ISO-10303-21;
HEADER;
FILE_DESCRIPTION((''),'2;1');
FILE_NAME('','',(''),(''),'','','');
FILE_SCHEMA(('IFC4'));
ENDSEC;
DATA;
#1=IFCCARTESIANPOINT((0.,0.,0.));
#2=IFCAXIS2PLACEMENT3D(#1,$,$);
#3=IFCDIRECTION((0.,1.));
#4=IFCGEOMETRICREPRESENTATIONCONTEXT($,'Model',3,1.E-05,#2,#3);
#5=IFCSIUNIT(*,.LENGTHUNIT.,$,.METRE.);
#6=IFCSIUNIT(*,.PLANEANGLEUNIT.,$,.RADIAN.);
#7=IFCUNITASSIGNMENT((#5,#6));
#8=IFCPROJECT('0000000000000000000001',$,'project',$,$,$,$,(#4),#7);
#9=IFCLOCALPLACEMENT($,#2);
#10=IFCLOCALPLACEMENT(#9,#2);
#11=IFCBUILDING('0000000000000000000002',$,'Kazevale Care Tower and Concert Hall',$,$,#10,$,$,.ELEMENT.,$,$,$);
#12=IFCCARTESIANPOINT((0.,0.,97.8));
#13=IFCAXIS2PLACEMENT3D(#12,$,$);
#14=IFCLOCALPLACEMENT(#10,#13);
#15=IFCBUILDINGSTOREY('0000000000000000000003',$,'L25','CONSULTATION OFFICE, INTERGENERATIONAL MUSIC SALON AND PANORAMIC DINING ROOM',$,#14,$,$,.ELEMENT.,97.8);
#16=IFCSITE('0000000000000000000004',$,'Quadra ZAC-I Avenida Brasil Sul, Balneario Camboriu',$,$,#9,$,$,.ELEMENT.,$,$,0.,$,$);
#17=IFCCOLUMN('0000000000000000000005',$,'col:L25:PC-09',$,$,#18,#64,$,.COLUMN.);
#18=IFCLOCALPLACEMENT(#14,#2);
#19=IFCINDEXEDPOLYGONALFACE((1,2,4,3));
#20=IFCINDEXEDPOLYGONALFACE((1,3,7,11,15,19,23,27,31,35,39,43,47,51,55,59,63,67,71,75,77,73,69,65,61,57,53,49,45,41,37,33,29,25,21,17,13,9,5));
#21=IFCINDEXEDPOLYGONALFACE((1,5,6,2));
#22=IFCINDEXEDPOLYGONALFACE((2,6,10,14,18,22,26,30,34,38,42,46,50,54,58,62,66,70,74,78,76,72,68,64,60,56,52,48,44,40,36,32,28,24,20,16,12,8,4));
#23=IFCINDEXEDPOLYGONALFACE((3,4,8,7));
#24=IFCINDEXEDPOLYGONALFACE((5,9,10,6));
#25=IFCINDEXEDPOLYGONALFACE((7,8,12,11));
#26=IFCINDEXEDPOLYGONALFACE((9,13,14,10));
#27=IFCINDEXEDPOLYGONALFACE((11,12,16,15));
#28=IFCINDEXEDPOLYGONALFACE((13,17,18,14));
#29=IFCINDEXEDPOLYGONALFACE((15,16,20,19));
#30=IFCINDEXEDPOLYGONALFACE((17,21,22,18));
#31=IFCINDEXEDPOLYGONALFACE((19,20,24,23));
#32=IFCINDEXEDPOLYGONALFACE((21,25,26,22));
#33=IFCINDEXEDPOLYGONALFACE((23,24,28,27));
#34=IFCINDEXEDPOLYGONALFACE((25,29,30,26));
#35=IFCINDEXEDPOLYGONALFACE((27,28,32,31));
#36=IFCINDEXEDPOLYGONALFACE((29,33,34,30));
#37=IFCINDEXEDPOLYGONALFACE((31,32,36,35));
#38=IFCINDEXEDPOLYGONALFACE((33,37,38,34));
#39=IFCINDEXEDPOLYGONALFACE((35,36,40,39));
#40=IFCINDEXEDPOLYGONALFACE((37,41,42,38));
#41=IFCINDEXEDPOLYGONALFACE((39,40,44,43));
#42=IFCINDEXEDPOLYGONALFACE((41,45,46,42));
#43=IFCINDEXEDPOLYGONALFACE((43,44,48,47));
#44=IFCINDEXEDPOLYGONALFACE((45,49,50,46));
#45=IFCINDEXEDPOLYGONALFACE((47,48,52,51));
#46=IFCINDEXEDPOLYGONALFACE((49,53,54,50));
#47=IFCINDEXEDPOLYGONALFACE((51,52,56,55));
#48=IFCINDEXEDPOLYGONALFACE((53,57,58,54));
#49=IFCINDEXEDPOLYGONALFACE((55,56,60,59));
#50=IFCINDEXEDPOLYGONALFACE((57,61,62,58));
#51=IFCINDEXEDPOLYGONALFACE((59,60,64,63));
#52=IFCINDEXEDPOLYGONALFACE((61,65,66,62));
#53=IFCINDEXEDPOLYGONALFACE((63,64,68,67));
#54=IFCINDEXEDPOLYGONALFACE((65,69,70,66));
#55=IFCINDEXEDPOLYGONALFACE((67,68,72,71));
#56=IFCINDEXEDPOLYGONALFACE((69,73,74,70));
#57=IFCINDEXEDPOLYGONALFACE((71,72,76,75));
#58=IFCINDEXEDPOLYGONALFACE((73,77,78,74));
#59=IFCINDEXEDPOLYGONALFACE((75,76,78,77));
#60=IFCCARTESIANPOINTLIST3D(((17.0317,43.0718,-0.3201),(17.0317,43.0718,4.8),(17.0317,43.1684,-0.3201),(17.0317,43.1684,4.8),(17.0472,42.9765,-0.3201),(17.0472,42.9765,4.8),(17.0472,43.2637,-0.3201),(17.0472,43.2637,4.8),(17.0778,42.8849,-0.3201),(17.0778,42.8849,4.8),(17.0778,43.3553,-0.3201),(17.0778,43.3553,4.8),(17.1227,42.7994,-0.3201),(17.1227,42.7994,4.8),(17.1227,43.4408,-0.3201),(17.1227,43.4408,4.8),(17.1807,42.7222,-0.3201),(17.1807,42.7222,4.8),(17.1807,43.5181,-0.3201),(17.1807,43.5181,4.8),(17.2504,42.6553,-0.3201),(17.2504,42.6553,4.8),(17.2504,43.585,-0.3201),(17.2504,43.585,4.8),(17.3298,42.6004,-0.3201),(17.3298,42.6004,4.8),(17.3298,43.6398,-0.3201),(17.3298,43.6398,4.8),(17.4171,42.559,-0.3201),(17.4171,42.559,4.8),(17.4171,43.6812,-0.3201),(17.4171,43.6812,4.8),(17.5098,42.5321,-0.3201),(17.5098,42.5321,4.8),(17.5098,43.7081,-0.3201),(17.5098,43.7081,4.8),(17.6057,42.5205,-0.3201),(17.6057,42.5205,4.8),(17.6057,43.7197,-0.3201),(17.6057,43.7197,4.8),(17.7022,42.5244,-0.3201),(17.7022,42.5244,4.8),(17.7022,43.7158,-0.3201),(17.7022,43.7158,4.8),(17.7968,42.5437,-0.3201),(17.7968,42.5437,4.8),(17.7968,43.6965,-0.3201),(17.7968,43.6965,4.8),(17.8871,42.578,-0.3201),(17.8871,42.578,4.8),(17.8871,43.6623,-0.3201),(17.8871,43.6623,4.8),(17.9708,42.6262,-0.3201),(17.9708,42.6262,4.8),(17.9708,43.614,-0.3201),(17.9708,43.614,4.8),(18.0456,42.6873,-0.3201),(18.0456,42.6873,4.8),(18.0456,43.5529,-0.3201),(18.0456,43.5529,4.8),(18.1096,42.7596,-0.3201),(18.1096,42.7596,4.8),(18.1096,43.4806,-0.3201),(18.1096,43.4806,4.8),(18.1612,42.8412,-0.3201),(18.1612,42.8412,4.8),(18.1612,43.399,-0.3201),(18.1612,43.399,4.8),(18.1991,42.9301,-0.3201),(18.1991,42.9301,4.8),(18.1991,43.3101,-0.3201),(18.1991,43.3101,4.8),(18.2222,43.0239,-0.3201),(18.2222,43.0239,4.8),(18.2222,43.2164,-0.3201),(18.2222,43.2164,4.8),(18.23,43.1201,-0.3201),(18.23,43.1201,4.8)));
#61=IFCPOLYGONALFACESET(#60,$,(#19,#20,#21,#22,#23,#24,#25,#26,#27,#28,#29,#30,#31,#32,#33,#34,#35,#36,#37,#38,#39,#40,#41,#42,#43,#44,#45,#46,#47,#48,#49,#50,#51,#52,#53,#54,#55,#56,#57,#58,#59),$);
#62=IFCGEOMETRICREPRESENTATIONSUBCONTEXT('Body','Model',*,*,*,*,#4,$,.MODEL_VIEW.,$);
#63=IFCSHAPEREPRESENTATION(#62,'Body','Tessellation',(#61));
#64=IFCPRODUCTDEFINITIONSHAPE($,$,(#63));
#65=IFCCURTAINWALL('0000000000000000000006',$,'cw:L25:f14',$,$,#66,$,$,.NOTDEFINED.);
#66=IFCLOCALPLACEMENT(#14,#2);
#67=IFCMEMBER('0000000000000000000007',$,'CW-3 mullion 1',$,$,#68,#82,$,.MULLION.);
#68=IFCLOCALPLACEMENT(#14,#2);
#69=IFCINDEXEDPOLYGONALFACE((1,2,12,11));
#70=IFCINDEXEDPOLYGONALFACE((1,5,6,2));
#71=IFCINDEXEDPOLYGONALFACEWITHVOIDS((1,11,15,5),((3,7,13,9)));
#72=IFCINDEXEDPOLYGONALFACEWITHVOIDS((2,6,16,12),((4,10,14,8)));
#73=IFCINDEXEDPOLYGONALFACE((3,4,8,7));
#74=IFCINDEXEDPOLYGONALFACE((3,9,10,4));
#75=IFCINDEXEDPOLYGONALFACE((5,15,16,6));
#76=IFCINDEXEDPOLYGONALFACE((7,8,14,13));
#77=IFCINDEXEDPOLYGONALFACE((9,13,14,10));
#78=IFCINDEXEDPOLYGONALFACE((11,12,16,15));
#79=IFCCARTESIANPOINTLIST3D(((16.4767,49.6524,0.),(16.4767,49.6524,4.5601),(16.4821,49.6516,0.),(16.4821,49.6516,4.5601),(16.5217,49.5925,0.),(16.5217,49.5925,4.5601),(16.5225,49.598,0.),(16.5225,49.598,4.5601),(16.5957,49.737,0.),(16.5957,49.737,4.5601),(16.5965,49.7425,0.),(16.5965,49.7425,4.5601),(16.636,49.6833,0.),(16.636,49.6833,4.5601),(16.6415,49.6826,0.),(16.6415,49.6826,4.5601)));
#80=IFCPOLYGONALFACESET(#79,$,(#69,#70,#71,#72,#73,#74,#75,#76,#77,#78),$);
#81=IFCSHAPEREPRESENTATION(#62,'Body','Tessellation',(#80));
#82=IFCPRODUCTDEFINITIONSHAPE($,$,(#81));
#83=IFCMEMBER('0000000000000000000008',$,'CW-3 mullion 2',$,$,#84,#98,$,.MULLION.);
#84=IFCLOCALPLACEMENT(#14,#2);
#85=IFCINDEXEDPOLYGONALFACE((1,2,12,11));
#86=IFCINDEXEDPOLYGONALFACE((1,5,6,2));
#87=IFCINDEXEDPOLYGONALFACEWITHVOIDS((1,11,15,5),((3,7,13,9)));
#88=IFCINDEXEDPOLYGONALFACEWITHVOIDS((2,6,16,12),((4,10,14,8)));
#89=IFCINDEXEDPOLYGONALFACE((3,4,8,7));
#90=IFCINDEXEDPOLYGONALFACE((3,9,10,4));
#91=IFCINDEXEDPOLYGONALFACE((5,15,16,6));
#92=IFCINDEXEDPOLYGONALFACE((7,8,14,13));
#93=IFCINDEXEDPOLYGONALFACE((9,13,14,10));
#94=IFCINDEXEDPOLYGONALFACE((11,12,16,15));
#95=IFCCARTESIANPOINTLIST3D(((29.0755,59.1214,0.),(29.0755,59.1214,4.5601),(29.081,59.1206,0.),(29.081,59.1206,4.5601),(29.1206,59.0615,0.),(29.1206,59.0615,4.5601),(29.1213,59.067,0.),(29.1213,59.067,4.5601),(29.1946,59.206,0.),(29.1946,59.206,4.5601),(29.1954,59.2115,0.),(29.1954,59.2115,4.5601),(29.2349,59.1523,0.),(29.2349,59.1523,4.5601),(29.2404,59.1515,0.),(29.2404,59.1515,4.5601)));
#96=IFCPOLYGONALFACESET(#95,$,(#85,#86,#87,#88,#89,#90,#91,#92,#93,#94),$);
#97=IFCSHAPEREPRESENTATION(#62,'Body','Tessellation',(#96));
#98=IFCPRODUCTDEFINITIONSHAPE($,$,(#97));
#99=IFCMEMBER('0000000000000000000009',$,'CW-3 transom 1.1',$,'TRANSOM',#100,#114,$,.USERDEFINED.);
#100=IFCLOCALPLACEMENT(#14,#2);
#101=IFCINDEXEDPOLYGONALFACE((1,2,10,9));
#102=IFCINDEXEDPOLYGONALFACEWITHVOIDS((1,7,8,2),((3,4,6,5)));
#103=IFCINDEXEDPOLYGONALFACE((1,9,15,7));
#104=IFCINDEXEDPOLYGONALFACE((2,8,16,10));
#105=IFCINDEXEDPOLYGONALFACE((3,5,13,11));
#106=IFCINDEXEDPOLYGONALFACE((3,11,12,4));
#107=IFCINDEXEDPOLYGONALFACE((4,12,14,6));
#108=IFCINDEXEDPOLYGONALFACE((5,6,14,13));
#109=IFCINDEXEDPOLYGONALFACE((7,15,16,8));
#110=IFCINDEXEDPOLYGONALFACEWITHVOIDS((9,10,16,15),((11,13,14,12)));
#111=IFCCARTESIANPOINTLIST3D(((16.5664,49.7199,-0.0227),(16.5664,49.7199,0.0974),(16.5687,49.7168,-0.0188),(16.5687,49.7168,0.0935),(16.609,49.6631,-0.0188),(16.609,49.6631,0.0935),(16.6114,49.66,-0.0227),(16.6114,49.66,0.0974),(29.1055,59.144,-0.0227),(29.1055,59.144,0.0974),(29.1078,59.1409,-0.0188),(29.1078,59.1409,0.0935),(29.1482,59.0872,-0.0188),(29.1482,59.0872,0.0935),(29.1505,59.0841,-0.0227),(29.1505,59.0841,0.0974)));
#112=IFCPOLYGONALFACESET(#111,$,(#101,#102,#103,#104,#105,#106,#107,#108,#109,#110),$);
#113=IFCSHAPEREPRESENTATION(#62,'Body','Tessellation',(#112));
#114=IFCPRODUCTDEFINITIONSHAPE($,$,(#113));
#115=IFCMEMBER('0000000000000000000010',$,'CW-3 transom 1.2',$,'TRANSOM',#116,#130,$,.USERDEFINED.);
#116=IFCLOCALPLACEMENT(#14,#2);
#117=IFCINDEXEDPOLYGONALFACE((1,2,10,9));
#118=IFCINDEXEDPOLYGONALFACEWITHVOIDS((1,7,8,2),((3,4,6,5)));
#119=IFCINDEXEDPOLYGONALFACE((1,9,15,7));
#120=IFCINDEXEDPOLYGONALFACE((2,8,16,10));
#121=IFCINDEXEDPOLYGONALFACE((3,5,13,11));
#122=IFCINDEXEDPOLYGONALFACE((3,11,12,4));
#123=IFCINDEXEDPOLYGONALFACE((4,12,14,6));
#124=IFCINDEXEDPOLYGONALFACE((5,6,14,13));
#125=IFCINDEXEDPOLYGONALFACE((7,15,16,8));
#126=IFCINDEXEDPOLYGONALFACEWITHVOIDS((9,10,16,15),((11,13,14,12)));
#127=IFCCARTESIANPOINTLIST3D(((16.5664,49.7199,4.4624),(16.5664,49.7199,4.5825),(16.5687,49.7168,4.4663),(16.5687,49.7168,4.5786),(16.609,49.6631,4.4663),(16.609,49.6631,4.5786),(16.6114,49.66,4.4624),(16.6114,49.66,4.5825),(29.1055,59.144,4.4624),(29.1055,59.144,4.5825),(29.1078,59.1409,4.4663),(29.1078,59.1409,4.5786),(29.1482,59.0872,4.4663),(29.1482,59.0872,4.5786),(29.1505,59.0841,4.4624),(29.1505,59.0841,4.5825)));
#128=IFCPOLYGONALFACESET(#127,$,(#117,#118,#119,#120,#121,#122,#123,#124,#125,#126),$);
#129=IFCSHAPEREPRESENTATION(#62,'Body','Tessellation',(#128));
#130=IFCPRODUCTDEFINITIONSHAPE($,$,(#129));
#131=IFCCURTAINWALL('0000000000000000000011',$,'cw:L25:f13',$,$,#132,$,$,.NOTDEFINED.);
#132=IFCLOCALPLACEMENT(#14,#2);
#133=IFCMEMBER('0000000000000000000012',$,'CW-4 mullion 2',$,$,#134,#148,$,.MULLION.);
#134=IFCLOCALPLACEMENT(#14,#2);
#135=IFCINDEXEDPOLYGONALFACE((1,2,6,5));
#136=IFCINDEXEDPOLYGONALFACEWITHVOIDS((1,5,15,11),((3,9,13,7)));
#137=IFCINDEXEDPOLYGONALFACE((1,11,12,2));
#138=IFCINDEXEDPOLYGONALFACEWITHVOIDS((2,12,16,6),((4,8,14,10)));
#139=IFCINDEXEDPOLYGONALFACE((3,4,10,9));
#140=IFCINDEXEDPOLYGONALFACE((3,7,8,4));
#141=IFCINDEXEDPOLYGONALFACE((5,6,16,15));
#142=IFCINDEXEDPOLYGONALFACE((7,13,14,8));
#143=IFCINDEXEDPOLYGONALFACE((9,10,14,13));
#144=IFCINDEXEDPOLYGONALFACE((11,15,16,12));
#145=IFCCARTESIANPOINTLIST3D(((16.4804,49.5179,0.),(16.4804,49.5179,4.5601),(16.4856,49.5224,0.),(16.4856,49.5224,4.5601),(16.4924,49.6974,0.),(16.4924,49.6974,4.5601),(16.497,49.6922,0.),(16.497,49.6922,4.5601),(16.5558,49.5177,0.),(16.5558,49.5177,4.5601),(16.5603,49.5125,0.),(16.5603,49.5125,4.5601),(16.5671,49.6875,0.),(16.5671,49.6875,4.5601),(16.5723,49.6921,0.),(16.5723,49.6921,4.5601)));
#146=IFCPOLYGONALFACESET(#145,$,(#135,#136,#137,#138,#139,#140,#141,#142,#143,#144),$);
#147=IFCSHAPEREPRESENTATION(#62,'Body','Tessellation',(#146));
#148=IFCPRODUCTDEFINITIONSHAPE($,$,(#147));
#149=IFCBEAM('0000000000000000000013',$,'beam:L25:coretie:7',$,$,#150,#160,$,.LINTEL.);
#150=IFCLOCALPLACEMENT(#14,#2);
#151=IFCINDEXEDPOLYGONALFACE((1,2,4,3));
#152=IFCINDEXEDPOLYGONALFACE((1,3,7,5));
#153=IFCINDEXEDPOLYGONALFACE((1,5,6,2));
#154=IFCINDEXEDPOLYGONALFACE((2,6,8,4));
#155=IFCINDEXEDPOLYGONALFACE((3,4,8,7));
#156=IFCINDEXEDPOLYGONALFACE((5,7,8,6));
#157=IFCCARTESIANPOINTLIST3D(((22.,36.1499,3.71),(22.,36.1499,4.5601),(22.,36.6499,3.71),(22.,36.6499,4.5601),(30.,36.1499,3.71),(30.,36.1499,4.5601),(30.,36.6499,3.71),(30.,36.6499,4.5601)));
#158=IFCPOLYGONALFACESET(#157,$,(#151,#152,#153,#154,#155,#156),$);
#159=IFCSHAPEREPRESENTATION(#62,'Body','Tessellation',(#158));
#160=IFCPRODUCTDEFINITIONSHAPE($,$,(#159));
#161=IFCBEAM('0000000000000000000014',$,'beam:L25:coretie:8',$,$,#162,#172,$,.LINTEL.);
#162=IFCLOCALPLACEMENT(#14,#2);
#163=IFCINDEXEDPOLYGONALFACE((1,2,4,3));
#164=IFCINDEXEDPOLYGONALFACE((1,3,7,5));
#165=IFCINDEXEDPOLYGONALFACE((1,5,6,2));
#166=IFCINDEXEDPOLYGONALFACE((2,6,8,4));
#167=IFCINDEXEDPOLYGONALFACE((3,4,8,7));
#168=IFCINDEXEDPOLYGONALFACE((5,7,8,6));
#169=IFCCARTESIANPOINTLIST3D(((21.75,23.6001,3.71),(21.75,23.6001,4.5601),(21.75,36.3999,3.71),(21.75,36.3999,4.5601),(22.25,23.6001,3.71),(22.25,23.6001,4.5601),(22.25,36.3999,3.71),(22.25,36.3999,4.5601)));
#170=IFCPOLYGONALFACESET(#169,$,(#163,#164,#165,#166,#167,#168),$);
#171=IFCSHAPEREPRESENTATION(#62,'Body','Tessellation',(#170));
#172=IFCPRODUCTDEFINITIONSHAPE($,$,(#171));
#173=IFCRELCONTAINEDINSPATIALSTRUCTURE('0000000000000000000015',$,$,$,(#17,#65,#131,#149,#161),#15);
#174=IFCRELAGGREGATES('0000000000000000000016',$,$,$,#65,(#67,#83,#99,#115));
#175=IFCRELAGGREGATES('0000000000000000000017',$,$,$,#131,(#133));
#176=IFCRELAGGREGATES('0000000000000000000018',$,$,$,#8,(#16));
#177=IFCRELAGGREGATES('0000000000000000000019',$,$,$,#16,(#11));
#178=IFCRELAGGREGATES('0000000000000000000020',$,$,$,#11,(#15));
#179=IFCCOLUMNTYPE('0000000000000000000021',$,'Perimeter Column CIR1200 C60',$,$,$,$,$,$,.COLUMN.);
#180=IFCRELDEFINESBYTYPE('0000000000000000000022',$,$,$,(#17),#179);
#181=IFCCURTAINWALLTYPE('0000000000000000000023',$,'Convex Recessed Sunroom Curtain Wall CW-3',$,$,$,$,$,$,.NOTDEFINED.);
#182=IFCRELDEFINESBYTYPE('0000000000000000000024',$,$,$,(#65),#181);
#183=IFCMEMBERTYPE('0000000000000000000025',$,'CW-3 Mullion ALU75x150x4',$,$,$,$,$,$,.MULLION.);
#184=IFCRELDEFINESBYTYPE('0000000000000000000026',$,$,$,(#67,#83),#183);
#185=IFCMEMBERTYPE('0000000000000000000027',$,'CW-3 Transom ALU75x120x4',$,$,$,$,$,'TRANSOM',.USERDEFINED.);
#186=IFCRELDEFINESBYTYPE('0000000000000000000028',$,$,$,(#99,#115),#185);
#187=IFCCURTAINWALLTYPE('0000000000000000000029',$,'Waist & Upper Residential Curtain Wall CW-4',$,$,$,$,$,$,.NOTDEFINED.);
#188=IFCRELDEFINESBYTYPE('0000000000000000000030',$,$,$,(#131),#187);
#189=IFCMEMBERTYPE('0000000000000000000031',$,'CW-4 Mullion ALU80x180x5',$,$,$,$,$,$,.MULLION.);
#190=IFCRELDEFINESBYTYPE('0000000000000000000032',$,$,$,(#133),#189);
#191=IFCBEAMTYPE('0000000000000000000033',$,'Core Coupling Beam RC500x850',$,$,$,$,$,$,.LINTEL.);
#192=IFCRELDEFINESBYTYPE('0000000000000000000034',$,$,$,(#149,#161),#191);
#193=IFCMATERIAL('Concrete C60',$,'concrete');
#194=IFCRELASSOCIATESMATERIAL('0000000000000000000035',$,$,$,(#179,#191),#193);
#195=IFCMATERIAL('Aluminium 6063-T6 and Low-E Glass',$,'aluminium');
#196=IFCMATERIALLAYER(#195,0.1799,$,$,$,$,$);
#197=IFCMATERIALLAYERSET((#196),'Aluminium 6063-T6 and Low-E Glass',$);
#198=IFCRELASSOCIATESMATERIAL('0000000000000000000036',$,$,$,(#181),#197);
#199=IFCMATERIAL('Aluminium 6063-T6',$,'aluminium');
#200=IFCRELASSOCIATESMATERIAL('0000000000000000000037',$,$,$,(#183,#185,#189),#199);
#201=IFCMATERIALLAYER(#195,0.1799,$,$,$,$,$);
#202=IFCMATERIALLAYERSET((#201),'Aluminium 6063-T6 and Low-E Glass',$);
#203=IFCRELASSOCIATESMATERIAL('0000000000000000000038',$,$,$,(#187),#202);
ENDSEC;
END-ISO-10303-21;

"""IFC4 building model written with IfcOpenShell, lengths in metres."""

from ifc_helpers import new_model, si_unit, direction, frame, origin, origin_2d, place, context, subcontext, project, spatial, rectangle, hollow_rectangle, circle, extrude, material, layer, layer_set, material_profile, profile_set, type_object, element, aggregate, save


model = new_model("IFC4")

# Units and contexts
model_context = context("Model", 3, precision=1e-05, world=origin(), true_north=direction((0.0, 1.0)))
body_context = subcontext(model_context, "Body", "Model", "MODEL_VIEW")
ifc_project = project(units=[si_unit("LENGTHUNIT", "METRE"), si_unit("PLANEANGLEUNIT", "RADIAN")], contexts=[model_context])

# Site, building, storey
site_placement = place(None, origin())
site = spatial("IfcSite", under=ifc_project, at=site_placement, Name="Quadra ZAC-I Avenida Brasil Sul, Balneario Camboriu", CompositionType="ELEMENT", RefElevation=0.0)
building_placement = place(site_placement, origin())
building = spatial("IfcBuilding", under=site, at=building_placement, Name="Kazevale Care Tower and Concert Hall", CompositionType="ELEMENT")
storey_placement = place(building_placement, frame((0.0, 0.0, 97.8)))
storey = spatial("IfcBuildingStorey", under=building, at=storey_placement, Name="L25", Description="CONSULTATION OFFICE, INTERGENERATIONAL MUSIC SALON AND PANORAMIC DINING ROOM", CompositionType="ELEMENT", Elevation=97.8)

# Column
ifc_material_1 = material(Name="Concrete C60", Category="concrete")
ifc_material_profile_1 = material_profile(ifc_material_1, circle(Radius=0.6001, at=origin_2d()), Name="RC-CIR1200")
ifc_profile_set_1 = profile_set([ifc_material_profile_1], Name="Concrete C60")
column_type_1 = type_object("IfcColumnType", Name="Perimeter Column CIR1200 C60", PredefinedType="COLUMN", material=ifc_profile_set_1)
for number, where, z_axis, x_axis, name in (
    (1, (17.6299, 43.1201, -0.3201), (0.0, 0.0, 1.0), (1.0, 0.0, 0.0), "col:L25:PC-09"),
):
    element("IfcColumn", number, at=place(storey_placement, frame(where, z_axis=z_axis, x_axis=x_axis)), inside=storey, type_object=column_type_1, Name=name, PredefinedType="COLUMN", context=body_context, shape_type="SweptSolid", body=[
        extrude(circle(Radius=0.6001, at=origin_2d()), origin(), (0.0, 0.0, 1.0), 5.1201),
    ])

# Curtain wall, members
ifc_material_2 = material(Name="Aluminium 6063-T6 and Low-E Glass", Category="aluminium")
ifc_layer_1 = layer(ifc_material_2, 0.1799)
ifc_layer_set_1 = layer_set([ifc_layer_1], Name="Aluminium 6063-T6 and Low-E Glass")
curtain_wall_type_1 = type_object("IfcCurtainWallType", Name="Convex Recessed Sunroom Curtain Wall CW-3", PredefinedType="NOTDEFINED", material=ifc_layer_set_1)
curtain_wall_1_placement = place(storey_placement, origin())
curtain_wall_1 = element("IfcCurtainWall", 2, at=curtain_wall_1_placement, inside=storey, type_object=curtain_wall_type_1, Name="cw:L25:f14", PredefinedType="NOTDEFINED")
ifc_material_3 = material(Name="Aluminium 6063-T6", Category="aluminium")
ifc_material_profile_2 = material_profile(ifc_material_3, hollow_rectangle(XDim=0.075, YDim=0.1499, WallThickness=0.0039, at=origin_2d()), Name="ALU75x150x4")
ifc_profile_set_2 = profile_set([ifc_material_profile_2], Name="Aluminium 6063-T6")
member_type_1 = type_object("IfcMemberType", Name="CW-3 Mullion ALU75x150x4", PredefinedType="MULLION", material=ifc_profile_set_2)
member_1_placement = place(storey_placement, frame((16.5591, 49.6675, 0.0), z_axis=(0.0, 0.0, 1.0), x_axis=(-0.600798, 0.799401, 0.0)))
member_1 = element("IfcMember", 3, at=member_1_placement, type_object=member_type_1, Name="CW-3 mullion 1", PredefinedType="MULLION", context=body_context, shape_type="SweptSolid", body=[
    extrude(hollow_rectangle(XDim=0.075, YDim=0.1499, WallThickness=0.0039, at=origin_2d()), origin(), (0.0, 0.0, 1.0), 4.5601),
])
member_2_placement = place(storey_placement, frame((29.158, 59.1365, 0.0), z_axis=(0.0, 0.0, 1.0), x_axis=(-0.600798, 0.799401, 0.0)))
member_2 = element("IfcMember", 4, at=member_2_placement, type_object=member_type_1, Name="CW-3 mullion 2", PredefinedType="MULLION", context=body_context, shape_type="SweptSolid", body=[
    extrude(hollow_rectangle(XDim=0.075, YDim=0.1499, WallThickness=0.0039, at=origin_2d()), origin(), (0.0, 0.0, 1.0), 4.5601),
])
ifc_material_profile_3 = material_profile(ifc_material_3, hollow_rectangle(XDim=0.075, YDim=0.1201, WallThickness=0.0039, at=origin_2d()), Name="ALU75x120x4")
ifc_profile_set_3 = profile_set([ifc_material_profile_3], Name="Aluminium 6063-T6")
member_type_2 = type_object("IfcMemberType", Name="CW-3 Transom ALU75x120x4", ElementType="TRANSOM", PredefinedType="USERDEFINED", material=ifc_profile_set_3)
member_3_placement = place(storey_placement, frame((16.5889, 49.6899, 0.0374), z_axis=(0.799394, 0.600807, 0.0), x_axis=(-0.600807, 0.799394, 0.0)))
member_3 = element("IfcMember", 5, at=member_3_placement, type_object=member_type_2, Name="CW-3 transom 1.1", ObjectType="TRANSOM", PredefinedType="USERDEFINED", context=body_context, shape_type="SweptSolid", body=[
    extrude(hollow_rectangle(XDim=0.075, YDim=0.1201, WallThickness=0.0039, at=origin_2d()), origin(), (0.0, 0.0, 1.0), 15.6858),
])
member_4_placement = place(storey_placement, frame((16.5889, 49.6899, 4.5225), z_axis=(0.799394, 0.600807, 0.0), x_axis=(-0.600807, 0.799394, 0.0)))
member_4 = element("IfcMember", 6, at=member_4_placement, type_object=member_type_2, Name="CW-3 transom 1.2", ObjectType="TRANSOM", PredefinedType="USERDEFINED", context=body_context, shape_type="SweptSolid", body=[
    extrude(hollow_rectangle(XDim=0.075, YDim=0.1201, WallThickness=0.0039, at=origin_2d()), origin(), (0.0, 0.0, 1.0), 15.6858),
])

# Curtain wall, member
ifc_layer_2 = layer(ifc_material_2, 0.1799)
ifc_layer_set_2 = layer_set([ifc_layer_2], Name="Aluminium 6063-T6 and Low-E Glass")
curtain_wall_type_2 = type_object("IfcCurtainWallType", Name="Waist & Upper Residential Curtain Wall CW-4", PredefinedType="NOTDEFINED", material=ifc_layer_set_2)
curtain_wall_2_placement = place(storey_placement, origin())
curtain_wall_2 = element("IfcCurtainWall", 7, at=curtain_wall_2_placement, inside=storey, type_object=curtain_wall_type_2, Name="cw:L25:f13", PredefinedType="NOTDEFINED")
ifc_material_profile_4 = material_profile(ifc_material_3, hollow_rectangle(XDim=0.0801, YDim=0.1799, WallThickness=0.0049, at=origin_2d()), Name="ALU80x180x5")
ifc_profile_set_4 = profile_set([ifc_material_profile_4], Name="Aluminium 6063-T6")
member_type_3 = type_object("IfcMemberType", Name="CW-4 Mullion ALU80x180x5", PredefinedType="MULLION", material=ifc_profile_set_4)
member_5_placement = place(storey_placement, frame((16.5264, 49.605, 0.0), z_axis=(0.0, 0.0, 1.0), x_axis=(-0.997778, 0.06662, 0.0)))
member_5 = element("IfcMember", 8, at=member_5_placement, type_object=member_type_3, Name="CW-4 mullion 2", PredefinedType="MULLION", context=body_context, shape_type="SweptSolid", body=[
    extrude(hollow_rectangle(XDim=0.0801, YDim=0.1799, WallThickness=0.0049, at=origin_2d()), origin(), (0.0, 0.0, 1.0), 4.5601),
])

# Beams
ifc_material_profile_5 = material_profile(ifc_material_1, rectangle(XDim=0.5, YDim=0.8501, at=origin_2d()), Name="RC-B500x850")
ifc_profile_set_5 = profile_set([ifc_material_profile_5], Name="Concrete C60")
beam_type_1 = type_object("IfcBeamType", Name="Core Coupling Beam RC500x850", PredefinedType="LINTEL", material=ifc_profile_set_5)
beam_1_placement = place(storey_placement, frame((30.0, 36.3999, 4.135), z_axis=(-1.0, 0.0, 0.0), x_axis=(0.0, -1.0, 0.0)))
element("IfcBeam", 9, at=beam_1_placement, inside=storey, type_object=beam_type_1, Name="beam:L25:coretie:7", PredefinedType="LINTEL", context=body_context, shape_type="SweptSolid", body=[
    extrude(rectangle(XDim=0.5, YDim=0.8501, at=origin_2d()), origin(), (0.0, 0.0, 1.0), 8.0),
])
beam_2_placement = place(storey_placement, frame((22.0, 36.3999, 4.135), z_axis=(0.0, -1.0, 0.0), x_axis=(1.0, 0.0, 0.0)))
element("IfcBeam", 10, at=beam_2_placement, inside=storey, type_object=beam_type_1, Name="beam:L25:coretie:8", PredefinedType="LINTEL", context=body_context, shape_type="SweptSolid", body=[
    extrude(rectangle(XDim=0.5, YDim=0.8501, at=origin_2d()), origin(), (0.0, 0.0, 1.0), 12.7998),
])

aggregate(curtain_wall_1, [member_1, member_2, member_3, member_4])
aggregate(curtain_wall_2, [member_5])

save(model, "model.ifc")
